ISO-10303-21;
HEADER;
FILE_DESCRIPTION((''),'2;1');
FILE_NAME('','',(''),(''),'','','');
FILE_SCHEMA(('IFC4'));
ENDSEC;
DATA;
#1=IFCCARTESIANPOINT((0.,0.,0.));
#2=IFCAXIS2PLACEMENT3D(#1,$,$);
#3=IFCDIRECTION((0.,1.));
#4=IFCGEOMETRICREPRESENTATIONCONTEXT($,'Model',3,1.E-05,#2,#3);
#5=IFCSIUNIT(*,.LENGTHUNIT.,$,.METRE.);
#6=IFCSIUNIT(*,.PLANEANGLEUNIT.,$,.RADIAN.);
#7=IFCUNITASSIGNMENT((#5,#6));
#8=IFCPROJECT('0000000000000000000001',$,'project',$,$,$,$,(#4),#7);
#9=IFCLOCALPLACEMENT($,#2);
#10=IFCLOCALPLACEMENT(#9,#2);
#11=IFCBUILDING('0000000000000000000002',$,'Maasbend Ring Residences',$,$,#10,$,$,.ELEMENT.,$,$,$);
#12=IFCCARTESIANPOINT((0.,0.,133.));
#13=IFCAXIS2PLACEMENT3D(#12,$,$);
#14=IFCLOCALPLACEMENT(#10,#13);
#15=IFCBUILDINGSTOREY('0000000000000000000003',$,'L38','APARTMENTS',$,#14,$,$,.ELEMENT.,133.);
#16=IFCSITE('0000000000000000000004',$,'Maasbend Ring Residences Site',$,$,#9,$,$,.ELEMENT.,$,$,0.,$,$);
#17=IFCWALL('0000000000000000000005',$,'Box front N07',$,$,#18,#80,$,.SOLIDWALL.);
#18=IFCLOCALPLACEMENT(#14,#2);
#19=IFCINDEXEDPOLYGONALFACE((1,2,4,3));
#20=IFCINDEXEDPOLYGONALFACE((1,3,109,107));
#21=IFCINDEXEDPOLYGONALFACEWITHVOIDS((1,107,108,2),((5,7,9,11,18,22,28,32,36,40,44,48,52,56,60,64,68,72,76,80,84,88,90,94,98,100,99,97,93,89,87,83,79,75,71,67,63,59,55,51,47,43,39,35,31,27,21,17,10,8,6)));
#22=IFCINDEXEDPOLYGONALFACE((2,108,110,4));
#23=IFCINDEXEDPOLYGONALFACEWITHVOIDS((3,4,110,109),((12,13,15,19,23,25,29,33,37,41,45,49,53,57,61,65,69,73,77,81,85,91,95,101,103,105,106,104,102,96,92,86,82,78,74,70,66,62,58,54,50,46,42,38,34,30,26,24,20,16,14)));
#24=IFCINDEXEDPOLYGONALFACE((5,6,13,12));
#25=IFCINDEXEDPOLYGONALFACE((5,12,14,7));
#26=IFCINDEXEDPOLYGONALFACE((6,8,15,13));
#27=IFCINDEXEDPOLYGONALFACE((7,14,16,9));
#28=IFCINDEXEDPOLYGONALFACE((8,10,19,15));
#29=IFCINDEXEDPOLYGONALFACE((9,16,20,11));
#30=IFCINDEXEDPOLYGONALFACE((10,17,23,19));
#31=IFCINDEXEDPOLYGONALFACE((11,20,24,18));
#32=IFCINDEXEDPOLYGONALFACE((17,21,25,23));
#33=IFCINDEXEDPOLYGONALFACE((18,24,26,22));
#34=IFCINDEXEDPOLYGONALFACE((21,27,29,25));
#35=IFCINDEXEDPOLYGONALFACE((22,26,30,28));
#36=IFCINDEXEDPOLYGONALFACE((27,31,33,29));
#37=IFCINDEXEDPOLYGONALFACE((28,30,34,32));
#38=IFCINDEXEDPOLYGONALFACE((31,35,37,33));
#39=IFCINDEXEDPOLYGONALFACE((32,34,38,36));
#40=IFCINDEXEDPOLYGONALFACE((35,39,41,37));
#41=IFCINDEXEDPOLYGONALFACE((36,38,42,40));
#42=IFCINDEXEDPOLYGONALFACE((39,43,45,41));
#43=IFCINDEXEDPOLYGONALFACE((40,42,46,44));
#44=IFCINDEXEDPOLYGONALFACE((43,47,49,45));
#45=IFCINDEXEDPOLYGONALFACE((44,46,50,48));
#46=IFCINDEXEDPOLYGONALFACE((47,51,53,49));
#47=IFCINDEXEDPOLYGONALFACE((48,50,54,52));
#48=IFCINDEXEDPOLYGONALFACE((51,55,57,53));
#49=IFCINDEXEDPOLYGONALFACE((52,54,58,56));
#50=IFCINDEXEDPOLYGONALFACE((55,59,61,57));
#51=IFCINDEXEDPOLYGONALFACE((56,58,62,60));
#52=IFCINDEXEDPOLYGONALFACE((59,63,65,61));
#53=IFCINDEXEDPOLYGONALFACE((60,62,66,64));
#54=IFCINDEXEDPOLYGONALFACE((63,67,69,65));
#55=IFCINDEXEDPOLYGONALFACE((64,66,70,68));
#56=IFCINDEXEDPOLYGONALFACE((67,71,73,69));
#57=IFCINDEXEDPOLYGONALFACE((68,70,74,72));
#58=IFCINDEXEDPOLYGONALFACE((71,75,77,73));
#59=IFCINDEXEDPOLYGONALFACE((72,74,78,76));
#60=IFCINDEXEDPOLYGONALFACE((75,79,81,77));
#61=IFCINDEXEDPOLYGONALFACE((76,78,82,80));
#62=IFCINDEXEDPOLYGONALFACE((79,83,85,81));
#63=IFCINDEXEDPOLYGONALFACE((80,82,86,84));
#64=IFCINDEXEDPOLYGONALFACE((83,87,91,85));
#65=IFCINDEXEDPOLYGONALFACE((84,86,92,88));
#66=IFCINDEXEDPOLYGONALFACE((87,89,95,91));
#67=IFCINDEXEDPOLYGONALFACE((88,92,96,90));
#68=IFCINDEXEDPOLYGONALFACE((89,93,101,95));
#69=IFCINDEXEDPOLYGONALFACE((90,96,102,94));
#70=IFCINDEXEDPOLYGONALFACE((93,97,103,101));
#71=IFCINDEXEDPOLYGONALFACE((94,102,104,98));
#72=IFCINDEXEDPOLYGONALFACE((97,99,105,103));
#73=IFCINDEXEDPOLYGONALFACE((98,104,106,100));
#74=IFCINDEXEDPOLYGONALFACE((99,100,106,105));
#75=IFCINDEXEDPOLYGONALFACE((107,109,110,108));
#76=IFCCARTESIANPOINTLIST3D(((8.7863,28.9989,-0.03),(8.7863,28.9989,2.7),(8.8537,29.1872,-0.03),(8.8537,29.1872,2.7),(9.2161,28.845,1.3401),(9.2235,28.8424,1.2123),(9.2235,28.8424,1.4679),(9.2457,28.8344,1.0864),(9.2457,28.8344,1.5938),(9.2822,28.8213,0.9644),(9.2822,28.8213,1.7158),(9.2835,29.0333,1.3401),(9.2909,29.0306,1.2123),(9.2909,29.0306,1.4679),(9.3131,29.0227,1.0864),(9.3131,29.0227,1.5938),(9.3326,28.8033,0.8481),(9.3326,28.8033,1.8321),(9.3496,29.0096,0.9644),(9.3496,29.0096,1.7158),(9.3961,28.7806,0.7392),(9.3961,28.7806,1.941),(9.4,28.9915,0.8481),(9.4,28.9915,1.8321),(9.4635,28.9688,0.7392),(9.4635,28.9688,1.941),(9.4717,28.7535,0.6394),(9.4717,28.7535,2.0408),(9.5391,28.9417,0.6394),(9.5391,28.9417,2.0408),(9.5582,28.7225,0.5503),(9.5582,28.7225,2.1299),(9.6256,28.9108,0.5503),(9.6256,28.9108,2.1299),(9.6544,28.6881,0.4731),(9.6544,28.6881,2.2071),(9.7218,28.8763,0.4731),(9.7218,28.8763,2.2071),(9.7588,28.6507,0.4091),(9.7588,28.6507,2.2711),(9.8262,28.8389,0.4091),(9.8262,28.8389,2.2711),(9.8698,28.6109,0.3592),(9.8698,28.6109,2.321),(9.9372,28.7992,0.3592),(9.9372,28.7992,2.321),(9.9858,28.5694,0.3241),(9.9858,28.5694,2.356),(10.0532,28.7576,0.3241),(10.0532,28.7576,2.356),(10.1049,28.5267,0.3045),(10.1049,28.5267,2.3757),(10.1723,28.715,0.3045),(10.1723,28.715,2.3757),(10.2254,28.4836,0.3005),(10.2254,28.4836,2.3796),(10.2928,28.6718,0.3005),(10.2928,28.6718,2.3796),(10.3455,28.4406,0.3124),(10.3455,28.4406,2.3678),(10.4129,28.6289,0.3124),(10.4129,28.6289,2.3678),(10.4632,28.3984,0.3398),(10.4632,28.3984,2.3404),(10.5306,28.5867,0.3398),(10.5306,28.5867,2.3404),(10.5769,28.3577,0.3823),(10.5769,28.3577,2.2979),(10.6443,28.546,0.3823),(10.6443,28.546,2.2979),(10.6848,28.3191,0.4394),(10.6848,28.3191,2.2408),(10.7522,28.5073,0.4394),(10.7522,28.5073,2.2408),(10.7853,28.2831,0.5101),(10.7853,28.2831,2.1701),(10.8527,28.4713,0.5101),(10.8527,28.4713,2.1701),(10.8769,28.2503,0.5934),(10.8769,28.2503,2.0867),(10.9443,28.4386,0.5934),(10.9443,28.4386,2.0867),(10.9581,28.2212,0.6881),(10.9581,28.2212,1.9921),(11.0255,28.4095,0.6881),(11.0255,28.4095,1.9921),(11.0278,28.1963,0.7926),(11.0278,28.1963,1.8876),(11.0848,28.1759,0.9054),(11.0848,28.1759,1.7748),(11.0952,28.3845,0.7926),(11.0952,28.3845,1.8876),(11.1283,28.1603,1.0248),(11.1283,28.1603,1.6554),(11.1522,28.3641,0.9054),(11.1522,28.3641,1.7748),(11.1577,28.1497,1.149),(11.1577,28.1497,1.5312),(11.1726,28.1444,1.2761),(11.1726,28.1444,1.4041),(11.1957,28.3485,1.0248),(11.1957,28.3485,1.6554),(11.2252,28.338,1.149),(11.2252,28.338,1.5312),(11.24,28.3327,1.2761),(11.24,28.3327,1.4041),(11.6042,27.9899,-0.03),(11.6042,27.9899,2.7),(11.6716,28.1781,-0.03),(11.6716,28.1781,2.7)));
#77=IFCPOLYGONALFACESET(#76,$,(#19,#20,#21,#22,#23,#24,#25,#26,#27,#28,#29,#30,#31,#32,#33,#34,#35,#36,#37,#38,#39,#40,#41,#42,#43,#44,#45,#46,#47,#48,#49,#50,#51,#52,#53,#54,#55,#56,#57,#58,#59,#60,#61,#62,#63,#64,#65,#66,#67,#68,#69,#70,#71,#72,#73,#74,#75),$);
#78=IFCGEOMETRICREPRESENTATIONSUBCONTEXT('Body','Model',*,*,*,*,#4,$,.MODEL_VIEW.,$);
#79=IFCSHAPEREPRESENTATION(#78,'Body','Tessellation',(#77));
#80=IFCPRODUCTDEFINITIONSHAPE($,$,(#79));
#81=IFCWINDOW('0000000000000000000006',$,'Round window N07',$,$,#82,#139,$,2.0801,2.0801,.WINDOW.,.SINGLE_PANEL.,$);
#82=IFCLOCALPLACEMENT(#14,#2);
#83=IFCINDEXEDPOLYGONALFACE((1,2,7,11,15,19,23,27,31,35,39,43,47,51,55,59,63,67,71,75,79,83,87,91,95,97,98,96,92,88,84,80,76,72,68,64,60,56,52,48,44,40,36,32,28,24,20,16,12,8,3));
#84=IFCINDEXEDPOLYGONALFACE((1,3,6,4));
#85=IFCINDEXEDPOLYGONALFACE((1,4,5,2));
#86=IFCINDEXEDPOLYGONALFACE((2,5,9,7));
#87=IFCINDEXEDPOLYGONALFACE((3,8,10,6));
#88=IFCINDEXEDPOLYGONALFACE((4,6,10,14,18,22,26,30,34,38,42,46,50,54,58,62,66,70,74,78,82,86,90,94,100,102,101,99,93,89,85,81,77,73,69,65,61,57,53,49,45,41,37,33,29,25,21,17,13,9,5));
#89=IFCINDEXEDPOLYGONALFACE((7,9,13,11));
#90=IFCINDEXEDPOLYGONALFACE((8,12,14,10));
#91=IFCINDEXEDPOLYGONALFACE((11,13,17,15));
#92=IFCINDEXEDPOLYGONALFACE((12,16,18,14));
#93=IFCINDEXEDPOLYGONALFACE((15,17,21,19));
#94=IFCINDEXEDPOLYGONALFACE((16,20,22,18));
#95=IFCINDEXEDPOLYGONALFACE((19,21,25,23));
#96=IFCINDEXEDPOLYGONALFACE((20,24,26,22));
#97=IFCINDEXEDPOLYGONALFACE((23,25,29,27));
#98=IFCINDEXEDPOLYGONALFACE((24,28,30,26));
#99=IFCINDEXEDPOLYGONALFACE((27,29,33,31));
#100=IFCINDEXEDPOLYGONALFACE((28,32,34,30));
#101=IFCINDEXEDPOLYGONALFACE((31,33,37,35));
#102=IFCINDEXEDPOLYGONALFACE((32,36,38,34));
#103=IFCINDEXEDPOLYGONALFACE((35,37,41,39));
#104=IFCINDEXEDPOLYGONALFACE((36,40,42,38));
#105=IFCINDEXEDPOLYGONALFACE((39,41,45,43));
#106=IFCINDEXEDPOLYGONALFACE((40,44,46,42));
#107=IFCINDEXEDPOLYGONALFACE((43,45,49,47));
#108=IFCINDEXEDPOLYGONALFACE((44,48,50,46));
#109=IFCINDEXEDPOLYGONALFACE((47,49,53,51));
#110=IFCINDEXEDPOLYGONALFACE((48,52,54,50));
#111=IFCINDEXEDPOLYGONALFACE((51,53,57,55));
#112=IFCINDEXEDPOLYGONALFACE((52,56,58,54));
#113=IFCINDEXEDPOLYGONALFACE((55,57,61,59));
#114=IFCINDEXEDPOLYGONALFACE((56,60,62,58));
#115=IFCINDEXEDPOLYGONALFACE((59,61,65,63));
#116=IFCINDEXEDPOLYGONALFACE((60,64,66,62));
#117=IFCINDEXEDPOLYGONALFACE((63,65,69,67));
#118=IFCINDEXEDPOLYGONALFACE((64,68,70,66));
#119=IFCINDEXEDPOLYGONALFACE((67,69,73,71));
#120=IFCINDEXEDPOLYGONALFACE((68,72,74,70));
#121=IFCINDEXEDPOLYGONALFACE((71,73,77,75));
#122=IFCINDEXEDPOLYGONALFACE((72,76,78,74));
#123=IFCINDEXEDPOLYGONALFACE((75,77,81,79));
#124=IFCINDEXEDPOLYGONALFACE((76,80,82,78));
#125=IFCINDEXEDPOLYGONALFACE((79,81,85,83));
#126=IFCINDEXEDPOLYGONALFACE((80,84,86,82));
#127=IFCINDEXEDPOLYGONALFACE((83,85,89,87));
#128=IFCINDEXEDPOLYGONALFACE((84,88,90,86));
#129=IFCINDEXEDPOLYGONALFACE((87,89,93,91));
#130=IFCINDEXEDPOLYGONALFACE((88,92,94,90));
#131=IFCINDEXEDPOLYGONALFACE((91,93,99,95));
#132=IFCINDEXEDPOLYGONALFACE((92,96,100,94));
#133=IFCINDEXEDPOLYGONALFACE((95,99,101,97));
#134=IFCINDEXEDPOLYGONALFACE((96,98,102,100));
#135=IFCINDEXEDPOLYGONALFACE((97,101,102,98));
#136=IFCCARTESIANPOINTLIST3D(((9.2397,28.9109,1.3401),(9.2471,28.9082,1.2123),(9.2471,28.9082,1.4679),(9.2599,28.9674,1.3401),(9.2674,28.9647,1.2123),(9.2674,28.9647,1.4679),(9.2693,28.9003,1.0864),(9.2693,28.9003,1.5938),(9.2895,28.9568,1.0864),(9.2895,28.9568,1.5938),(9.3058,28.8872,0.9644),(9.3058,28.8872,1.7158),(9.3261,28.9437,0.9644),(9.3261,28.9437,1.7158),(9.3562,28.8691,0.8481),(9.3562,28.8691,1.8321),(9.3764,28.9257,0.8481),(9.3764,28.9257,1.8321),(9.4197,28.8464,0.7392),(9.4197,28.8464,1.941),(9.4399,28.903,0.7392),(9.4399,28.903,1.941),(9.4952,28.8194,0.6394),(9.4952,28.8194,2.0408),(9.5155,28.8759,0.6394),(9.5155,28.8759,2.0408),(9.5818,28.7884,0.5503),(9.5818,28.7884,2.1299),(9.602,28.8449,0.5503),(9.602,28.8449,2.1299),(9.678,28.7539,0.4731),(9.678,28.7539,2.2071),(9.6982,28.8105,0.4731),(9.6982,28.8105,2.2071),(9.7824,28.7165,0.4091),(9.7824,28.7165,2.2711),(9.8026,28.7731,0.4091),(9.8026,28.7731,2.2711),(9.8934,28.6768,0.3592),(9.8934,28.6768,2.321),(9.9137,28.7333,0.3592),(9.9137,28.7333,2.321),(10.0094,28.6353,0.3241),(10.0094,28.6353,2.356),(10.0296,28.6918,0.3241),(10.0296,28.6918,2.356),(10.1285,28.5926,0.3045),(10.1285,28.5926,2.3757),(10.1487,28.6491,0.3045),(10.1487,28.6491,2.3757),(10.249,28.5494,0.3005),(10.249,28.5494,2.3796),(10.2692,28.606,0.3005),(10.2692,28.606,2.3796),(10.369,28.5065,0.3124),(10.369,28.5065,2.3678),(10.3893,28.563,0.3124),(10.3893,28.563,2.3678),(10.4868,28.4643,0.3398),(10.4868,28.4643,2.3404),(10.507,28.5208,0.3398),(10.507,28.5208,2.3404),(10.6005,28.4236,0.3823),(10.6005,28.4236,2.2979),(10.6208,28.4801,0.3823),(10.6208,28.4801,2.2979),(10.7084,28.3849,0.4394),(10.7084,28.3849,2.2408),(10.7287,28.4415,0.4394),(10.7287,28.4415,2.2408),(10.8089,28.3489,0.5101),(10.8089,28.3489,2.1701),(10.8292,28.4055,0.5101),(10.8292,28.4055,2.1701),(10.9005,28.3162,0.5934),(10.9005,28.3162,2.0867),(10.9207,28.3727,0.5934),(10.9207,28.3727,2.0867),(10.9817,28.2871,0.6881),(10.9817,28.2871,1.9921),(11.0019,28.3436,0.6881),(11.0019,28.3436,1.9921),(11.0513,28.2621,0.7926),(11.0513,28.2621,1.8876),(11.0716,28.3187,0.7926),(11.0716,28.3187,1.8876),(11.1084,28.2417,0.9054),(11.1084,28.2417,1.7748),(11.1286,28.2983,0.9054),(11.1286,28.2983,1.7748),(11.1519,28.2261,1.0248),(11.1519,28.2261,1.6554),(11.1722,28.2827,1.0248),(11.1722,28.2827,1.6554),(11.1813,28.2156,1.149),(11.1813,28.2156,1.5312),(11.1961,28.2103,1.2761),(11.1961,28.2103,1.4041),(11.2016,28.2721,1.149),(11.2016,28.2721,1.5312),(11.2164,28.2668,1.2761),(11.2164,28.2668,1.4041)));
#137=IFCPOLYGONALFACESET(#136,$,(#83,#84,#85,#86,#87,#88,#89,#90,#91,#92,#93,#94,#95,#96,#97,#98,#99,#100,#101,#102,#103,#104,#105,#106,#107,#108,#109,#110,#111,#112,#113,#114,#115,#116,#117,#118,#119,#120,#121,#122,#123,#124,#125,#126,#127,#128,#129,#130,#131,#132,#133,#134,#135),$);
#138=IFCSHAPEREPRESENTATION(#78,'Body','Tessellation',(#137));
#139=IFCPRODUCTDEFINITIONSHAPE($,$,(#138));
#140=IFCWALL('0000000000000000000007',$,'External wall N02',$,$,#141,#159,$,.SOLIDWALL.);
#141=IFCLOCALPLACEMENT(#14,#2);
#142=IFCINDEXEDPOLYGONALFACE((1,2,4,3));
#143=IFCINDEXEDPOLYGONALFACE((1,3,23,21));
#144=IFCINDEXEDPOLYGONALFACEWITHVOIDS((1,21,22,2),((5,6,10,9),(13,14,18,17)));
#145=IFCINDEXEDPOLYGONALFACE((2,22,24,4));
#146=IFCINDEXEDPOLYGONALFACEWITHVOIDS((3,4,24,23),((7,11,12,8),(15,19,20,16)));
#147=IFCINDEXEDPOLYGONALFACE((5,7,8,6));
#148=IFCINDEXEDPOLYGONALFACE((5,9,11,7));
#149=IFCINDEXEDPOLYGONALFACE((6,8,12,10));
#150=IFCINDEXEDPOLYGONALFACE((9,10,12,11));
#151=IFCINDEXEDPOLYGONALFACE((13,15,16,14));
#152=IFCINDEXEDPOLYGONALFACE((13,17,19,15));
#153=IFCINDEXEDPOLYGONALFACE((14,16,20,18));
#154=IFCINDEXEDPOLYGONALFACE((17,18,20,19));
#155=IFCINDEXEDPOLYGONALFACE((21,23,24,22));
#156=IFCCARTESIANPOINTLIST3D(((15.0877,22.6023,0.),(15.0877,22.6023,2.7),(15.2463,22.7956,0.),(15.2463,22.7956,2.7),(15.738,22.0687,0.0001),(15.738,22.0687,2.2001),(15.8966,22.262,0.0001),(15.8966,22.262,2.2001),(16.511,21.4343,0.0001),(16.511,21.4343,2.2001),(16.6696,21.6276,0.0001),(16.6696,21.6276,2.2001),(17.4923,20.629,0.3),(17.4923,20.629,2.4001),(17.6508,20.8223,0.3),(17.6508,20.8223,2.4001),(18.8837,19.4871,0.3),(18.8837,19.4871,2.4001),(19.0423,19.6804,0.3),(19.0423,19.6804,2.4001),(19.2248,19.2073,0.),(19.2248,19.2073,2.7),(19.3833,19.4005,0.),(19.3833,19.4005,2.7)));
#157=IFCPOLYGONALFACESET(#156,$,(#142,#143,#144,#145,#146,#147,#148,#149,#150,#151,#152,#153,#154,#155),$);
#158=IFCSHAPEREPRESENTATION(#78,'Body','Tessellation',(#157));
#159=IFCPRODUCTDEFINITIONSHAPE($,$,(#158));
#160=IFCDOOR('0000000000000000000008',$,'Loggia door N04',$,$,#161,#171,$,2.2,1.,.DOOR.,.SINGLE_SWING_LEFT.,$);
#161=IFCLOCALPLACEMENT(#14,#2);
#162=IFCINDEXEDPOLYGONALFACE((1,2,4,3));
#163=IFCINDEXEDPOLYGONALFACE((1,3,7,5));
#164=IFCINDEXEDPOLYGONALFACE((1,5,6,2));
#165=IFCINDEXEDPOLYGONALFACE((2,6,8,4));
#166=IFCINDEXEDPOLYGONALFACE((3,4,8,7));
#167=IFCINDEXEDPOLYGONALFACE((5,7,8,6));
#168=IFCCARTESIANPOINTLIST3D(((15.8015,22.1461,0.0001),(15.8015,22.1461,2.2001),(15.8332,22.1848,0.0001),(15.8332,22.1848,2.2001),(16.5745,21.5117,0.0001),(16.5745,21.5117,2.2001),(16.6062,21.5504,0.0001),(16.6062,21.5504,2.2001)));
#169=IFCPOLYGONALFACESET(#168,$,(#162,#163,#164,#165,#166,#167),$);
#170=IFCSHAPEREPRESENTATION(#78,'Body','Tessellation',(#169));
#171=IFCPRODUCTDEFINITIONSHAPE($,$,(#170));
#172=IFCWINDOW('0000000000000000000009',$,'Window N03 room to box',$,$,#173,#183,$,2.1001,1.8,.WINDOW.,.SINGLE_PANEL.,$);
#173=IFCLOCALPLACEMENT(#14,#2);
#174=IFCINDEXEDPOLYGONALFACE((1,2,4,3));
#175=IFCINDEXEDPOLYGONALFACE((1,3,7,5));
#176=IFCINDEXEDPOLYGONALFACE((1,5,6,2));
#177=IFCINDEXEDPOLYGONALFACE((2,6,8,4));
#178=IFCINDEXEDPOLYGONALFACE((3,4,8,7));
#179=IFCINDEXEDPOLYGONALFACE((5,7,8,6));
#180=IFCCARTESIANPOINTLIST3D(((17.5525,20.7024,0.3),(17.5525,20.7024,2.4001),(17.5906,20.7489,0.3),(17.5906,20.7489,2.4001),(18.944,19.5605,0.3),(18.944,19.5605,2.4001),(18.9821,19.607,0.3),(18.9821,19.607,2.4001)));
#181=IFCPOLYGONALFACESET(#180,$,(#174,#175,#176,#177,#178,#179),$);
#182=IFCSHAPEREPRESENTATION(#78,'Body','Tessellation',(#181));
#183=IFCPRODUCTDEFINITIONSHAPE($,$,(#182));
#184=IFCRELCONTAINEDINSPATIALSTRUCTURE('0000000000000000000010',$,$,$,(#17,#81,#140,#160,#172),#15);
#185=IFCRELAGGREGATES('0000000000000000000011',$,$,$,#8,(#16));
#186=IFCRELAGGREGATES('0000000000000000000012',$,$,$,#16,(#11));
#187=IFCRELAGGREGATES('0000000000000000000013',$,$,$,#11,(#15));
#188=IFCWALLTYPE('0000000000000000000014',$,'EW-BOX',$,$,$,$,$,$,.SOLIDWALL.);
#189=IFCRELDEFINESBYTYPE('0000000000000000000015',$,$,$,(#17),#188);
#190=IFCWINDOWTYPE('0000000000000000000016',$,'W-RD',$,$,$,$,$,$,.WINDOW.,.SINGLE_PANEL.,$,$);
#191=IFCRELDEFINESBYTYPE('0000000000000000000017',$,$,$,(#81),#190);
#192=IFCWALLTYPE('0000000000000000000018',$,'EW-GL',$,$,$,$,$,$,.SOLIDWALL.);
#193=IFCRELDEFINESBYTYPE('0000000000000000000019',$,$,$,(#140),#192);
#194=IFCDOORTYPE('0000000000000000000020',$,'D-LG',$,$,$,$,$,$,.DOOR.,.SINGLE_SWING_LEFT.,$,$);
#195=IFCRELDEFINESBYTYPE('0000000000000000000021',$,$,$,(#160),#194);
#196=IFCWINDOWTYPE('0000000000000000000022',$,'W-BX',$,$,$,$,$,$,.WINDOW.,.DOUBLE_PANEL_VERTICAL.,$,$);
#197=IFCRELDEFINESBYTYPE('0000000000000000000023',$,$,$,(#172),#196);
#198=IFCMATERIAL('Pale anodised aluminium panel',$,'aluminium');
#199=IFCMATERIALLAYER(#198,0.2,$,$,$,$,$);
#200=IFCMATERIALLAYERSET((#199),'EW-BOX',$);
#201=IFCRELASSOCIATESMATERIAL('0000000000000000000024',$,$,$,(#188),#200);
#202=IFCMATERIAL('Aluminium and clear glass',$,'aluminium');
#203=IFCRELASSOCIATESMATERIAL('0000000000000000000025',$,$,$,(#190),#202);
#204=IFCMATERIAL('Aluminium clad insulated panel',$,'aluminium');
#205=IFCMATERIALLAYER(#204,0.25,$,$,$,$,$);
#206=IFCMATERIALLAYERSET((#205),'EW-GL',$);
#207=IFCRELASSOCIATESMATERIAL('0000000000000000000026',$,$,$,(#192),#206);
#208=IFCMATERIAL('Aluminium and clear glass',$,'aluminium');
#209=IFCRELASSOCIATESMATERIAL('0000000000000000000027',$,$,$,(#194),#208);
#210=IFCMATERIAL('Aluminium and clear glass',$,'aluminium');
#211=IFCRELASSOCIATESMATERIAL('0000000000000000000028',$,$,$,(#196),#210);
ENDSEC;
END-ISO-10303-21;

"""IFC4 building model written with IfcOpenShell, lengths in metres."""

from ifc_helpers import new_model, si_unit, direction, frame, frame_2d, origin, place, context, subcontext, project, spatial, rectangle, circle, extrude, material, layer, layer_set, type_object, element, fill, save


model = new_model("IFC4")

# Units and contexts
model_context = context("Model", 3, precision=1e-05, world=origin(), true_north=direction((0.0, 1.0)))
body_context = subcontext(model_context, "Body", "Model", "MODEL_VIEW")
ifc_project = project(units=[si_unit("LENGTHUNIT", "METRE"), si_unit("PLANEANGLEUNIT", "RADIAN")], contexts=[model_context])

# Site, building, storey
site_placement = place(None, origin())
site = spatial("IfcSite", under=ifc_project, at=site_placement, Name="Maasbend Ring Residences Site", CompositionType="ELEMENT", RefElevation=0.0)
building_placement = place(site_placement, origin())
building = spatial("IfcBuilding", under=site, at=building_placement, Name="Maasbend Ring Residences", CompositionType="ELEMENT")
storey_placement = place(building_placement, frame((0.0, 0.0, 133.0)))
storey = spatial("IfcBuildingStorey", under=building, at=storey_placement, Name="L38", Description="APARTMENTS", CompositionType="ELEMENT", Elevation=133.0)

# Shared definitions
ifc_material_1 = material(Name="Pale anodised aluminium panel", Category="aluminium")
ifc_layer_1 = layer(ifc_material_1, 0.2)
ifc_layer_set_1 = layer_set([ifc_layer_1], Name="EW-BOX")
wall_type_1 = type_object("IfcWallType", Name="EW-BOX", PredefinedType="SOLIDWALL", material=ifc_layer_set_1)
ifc_material_2 = material(Name="Aluminium and clear glass", Category="aluminium")
window_type_1 = type_object("IfcWindowType", Name="W-RD", PartitioningType="SINGLE_PANEL", PredefinedType="WINDOW", material=ifc_material_2)

# Wall, opening, window
wall_1_placement = place(storey_placement, frame((11.6379, 28.084, -0.03), z_axis=(0.0, 0.0, 1.0), x_axis=(-0.941461, 0.337122, 0.0)))
wall_1 = element("IfcWall", 1, at=wall_1_placement, inside=storey, type_object=wall_type_1, Name="Box front N07", PredefinedType="SOLIDWALL", context=body_context, shape_type="SweptSolid", body=[
    extrude(rectangle(XDim=2.9932, YDim=0.2, at=frame_2d((1.4966, 0.0))), origin(), (0.0, 0.0, 1.0), 2.73),
])
opening_1_placement = place(wall_1_placement, frame((0.4565, 0.0, 0.3301)))
opening_1 = element("IfcOpeningElement", 2, at=opening_1_placement, cuts=wall_1, PredefinedType="OPENING", context=body_context, shape_type="SweptSolid", body=[
    extrude(circle(Radius=1.04, at=frame_2d((1.04, 1.04))), frame((0.0, 0.1099, 0.0), z_axis=(0.0, -1.0, 0.0), x_axis=(1.0, 0.0, 0.0)), (0.0, 0.0, 1.0), 0.22),
])
window_1_placement = place(opening_1_placement, origin())
window_1 = element("IfcWindow", 3, at=window_1_placement, inside=storey, type_object=window_type_1, Name="Round window N07", OverallHeight=2.0801, OverallWidth=2.0801, PartitioningType="SINGLE_PANEL", PredefinedType="WINDOW", context=body_context, shape_type="SweptSolid", body=[
    extrude(circle(Radius=1.04, at=frame_2d((1.04, 1.04))), frame((0.0, 0.03, 0.0), z_axis=(0.0, -1.0, 0.0), x_axis=(1.0, 0.0, 0.0)), (0.0, 0.0, 1.0), 0.0601),
])
fill(opening_1, window_1)

# Wall, openings, door, window
ifc_material_3 = material(Name="Aluminium clad insulated panel", Category="aluminium")
ifc_layer_2 = layer(ifc_material_3, 0.25)
ifc_layer_set_2 = layer_set([ifc_layer_2], Name="EW-GL")
wall_type_2 = type_object("IfcWallType", Name="EW-GL", PredefinedType="SOLIDWALL", material=ifc_layer_set_2)
wall_2_placement = place(storey_placement, frame((19.304, 19.304, 0.0), z_axis=(0.0, 0.0, 1.0), x_axis=(-0.773019, 0.634382, 0.0)))
wall_2 = element("IfcWall", 4, at=wall_2_placement, inside=storey, type_object=wall_type_2, Name="External wall N02", PredefinedType="SOLIDWALL", context=body_context, shape_type="SweptSolid", body=[
    extrude(rectangle(XDim=5.3518, YDim=0.25, at=frame_2d((2.6758, 0.0))), origin(), (0.0, 0.0, 1.0), 2.7),
])
opening_2_placement = place(wall_2_placement, frame((0.4412, 0.0, 0.3)))
opening_2 = element("IfcOpeningElement", 5, at=opening_2_placement, cuts=wall_2, PredefinedType="OPENING", context=body_context, shape_type="SweptSolid", body=[
    extrude(rectangle(XDim=1.8, YDim=2.1001, at=frame_2d((0.8999, 1.05))), frame((0.0, 0.135, 0.0), z_axis=(0.0, -1.0, 0.0), x_axis=(1.0, 0.0, 0.0)), (0.0, 0.0, 1.0), 0.27),
])
opening_3_placement = place(wall_2_placement, frame((3.5105, 0.0, 0.0)))
opening_3 = element("IfcOpeningElement", 6, at=opening_3_placement, cuts=wall_2, PredefinedType="OPENING", context=body_context, shape_type="SweptSolid", body=[
    extrude(rectangle(XDim=1.0, YDim=2.2, at=frame_2d((0.5, 1.1001))), frame((0.0, 0.135, 0.0), z_axis=(0.0, -1.0, 0.0), x_axis=(1.0, 0.0, 0.0)), (0.0, 0.0, 1.0), 0.27),
])
ifc_material_4 = material(Name="Aluminium and clear glass", Category="aluminium")
door_type_1 = type_object("IfcDoorType", Name="D-LG", OperationType="SINGLE_SWING_LEFT", PredefinedType="DOOR", material=ifc_material_4)
door_1_placement = place(opening_3_placement, origin())
door_1 = element("IfcDoor", 7, at=door_1_placement, inside=storey, type_object=door_type_1, Name="Loggia door N04", OperationType="SINGLE_SWING_LEFT", OverallHeight=2.2, OverallWidth=1.0, PredefinedType="DOOR", context=body_context, shape_type="SweptSolid", body=[
    extrude(rectangle(XDim=1.0, YDim=2.2, at=frame_2d((0.5, 1.1001))), frame((0.0, 0.0249, 0.0), z_axis=(0.0, -1.0, 0.0), x_axis=(1.0, 0.0, 0.0)), (0.0, 0.0, 1.0), 0.05),
])
fill(opening_3, door_1)
ifc_material_5 = material(Name="Aluminium and clear glass", Category="aluminium")
window_type_2 = type_object("IfcWindowType", Name="W-BX", PartitioningType="DOUBLE_PANEL_VERTICAL", PredefinedType="WINDOW", material=ifc_material_5)
window_2_placement = place(opening_2_placement, origin())
window_2 = element("IfcWindow", 8, at=window_2_placement, inside=storey, type_object=window_type_2, Name="Window N03 room to box", OverallHeight=2.1001, OverallWidth=1.8, PartitioningType="SINGLE_PANEL", PredefinedType="WINDOW", context=body_context, shape_type="SweptSolid", body=[
    extrude(rectangle(XDim=1.8, YDim=2.1001, at=frame_2d((0.8999, 1.05))), frame((0.0, 0.03, 0.0), z_axis=(0.0, -1.0, 0.0), x_axis=(1.0, 0.0, 0.0)), (0.0, 0.0, 1.0), 0.0601),
])
fill(opening_2, window_2)

save(model, "model.ifc")
